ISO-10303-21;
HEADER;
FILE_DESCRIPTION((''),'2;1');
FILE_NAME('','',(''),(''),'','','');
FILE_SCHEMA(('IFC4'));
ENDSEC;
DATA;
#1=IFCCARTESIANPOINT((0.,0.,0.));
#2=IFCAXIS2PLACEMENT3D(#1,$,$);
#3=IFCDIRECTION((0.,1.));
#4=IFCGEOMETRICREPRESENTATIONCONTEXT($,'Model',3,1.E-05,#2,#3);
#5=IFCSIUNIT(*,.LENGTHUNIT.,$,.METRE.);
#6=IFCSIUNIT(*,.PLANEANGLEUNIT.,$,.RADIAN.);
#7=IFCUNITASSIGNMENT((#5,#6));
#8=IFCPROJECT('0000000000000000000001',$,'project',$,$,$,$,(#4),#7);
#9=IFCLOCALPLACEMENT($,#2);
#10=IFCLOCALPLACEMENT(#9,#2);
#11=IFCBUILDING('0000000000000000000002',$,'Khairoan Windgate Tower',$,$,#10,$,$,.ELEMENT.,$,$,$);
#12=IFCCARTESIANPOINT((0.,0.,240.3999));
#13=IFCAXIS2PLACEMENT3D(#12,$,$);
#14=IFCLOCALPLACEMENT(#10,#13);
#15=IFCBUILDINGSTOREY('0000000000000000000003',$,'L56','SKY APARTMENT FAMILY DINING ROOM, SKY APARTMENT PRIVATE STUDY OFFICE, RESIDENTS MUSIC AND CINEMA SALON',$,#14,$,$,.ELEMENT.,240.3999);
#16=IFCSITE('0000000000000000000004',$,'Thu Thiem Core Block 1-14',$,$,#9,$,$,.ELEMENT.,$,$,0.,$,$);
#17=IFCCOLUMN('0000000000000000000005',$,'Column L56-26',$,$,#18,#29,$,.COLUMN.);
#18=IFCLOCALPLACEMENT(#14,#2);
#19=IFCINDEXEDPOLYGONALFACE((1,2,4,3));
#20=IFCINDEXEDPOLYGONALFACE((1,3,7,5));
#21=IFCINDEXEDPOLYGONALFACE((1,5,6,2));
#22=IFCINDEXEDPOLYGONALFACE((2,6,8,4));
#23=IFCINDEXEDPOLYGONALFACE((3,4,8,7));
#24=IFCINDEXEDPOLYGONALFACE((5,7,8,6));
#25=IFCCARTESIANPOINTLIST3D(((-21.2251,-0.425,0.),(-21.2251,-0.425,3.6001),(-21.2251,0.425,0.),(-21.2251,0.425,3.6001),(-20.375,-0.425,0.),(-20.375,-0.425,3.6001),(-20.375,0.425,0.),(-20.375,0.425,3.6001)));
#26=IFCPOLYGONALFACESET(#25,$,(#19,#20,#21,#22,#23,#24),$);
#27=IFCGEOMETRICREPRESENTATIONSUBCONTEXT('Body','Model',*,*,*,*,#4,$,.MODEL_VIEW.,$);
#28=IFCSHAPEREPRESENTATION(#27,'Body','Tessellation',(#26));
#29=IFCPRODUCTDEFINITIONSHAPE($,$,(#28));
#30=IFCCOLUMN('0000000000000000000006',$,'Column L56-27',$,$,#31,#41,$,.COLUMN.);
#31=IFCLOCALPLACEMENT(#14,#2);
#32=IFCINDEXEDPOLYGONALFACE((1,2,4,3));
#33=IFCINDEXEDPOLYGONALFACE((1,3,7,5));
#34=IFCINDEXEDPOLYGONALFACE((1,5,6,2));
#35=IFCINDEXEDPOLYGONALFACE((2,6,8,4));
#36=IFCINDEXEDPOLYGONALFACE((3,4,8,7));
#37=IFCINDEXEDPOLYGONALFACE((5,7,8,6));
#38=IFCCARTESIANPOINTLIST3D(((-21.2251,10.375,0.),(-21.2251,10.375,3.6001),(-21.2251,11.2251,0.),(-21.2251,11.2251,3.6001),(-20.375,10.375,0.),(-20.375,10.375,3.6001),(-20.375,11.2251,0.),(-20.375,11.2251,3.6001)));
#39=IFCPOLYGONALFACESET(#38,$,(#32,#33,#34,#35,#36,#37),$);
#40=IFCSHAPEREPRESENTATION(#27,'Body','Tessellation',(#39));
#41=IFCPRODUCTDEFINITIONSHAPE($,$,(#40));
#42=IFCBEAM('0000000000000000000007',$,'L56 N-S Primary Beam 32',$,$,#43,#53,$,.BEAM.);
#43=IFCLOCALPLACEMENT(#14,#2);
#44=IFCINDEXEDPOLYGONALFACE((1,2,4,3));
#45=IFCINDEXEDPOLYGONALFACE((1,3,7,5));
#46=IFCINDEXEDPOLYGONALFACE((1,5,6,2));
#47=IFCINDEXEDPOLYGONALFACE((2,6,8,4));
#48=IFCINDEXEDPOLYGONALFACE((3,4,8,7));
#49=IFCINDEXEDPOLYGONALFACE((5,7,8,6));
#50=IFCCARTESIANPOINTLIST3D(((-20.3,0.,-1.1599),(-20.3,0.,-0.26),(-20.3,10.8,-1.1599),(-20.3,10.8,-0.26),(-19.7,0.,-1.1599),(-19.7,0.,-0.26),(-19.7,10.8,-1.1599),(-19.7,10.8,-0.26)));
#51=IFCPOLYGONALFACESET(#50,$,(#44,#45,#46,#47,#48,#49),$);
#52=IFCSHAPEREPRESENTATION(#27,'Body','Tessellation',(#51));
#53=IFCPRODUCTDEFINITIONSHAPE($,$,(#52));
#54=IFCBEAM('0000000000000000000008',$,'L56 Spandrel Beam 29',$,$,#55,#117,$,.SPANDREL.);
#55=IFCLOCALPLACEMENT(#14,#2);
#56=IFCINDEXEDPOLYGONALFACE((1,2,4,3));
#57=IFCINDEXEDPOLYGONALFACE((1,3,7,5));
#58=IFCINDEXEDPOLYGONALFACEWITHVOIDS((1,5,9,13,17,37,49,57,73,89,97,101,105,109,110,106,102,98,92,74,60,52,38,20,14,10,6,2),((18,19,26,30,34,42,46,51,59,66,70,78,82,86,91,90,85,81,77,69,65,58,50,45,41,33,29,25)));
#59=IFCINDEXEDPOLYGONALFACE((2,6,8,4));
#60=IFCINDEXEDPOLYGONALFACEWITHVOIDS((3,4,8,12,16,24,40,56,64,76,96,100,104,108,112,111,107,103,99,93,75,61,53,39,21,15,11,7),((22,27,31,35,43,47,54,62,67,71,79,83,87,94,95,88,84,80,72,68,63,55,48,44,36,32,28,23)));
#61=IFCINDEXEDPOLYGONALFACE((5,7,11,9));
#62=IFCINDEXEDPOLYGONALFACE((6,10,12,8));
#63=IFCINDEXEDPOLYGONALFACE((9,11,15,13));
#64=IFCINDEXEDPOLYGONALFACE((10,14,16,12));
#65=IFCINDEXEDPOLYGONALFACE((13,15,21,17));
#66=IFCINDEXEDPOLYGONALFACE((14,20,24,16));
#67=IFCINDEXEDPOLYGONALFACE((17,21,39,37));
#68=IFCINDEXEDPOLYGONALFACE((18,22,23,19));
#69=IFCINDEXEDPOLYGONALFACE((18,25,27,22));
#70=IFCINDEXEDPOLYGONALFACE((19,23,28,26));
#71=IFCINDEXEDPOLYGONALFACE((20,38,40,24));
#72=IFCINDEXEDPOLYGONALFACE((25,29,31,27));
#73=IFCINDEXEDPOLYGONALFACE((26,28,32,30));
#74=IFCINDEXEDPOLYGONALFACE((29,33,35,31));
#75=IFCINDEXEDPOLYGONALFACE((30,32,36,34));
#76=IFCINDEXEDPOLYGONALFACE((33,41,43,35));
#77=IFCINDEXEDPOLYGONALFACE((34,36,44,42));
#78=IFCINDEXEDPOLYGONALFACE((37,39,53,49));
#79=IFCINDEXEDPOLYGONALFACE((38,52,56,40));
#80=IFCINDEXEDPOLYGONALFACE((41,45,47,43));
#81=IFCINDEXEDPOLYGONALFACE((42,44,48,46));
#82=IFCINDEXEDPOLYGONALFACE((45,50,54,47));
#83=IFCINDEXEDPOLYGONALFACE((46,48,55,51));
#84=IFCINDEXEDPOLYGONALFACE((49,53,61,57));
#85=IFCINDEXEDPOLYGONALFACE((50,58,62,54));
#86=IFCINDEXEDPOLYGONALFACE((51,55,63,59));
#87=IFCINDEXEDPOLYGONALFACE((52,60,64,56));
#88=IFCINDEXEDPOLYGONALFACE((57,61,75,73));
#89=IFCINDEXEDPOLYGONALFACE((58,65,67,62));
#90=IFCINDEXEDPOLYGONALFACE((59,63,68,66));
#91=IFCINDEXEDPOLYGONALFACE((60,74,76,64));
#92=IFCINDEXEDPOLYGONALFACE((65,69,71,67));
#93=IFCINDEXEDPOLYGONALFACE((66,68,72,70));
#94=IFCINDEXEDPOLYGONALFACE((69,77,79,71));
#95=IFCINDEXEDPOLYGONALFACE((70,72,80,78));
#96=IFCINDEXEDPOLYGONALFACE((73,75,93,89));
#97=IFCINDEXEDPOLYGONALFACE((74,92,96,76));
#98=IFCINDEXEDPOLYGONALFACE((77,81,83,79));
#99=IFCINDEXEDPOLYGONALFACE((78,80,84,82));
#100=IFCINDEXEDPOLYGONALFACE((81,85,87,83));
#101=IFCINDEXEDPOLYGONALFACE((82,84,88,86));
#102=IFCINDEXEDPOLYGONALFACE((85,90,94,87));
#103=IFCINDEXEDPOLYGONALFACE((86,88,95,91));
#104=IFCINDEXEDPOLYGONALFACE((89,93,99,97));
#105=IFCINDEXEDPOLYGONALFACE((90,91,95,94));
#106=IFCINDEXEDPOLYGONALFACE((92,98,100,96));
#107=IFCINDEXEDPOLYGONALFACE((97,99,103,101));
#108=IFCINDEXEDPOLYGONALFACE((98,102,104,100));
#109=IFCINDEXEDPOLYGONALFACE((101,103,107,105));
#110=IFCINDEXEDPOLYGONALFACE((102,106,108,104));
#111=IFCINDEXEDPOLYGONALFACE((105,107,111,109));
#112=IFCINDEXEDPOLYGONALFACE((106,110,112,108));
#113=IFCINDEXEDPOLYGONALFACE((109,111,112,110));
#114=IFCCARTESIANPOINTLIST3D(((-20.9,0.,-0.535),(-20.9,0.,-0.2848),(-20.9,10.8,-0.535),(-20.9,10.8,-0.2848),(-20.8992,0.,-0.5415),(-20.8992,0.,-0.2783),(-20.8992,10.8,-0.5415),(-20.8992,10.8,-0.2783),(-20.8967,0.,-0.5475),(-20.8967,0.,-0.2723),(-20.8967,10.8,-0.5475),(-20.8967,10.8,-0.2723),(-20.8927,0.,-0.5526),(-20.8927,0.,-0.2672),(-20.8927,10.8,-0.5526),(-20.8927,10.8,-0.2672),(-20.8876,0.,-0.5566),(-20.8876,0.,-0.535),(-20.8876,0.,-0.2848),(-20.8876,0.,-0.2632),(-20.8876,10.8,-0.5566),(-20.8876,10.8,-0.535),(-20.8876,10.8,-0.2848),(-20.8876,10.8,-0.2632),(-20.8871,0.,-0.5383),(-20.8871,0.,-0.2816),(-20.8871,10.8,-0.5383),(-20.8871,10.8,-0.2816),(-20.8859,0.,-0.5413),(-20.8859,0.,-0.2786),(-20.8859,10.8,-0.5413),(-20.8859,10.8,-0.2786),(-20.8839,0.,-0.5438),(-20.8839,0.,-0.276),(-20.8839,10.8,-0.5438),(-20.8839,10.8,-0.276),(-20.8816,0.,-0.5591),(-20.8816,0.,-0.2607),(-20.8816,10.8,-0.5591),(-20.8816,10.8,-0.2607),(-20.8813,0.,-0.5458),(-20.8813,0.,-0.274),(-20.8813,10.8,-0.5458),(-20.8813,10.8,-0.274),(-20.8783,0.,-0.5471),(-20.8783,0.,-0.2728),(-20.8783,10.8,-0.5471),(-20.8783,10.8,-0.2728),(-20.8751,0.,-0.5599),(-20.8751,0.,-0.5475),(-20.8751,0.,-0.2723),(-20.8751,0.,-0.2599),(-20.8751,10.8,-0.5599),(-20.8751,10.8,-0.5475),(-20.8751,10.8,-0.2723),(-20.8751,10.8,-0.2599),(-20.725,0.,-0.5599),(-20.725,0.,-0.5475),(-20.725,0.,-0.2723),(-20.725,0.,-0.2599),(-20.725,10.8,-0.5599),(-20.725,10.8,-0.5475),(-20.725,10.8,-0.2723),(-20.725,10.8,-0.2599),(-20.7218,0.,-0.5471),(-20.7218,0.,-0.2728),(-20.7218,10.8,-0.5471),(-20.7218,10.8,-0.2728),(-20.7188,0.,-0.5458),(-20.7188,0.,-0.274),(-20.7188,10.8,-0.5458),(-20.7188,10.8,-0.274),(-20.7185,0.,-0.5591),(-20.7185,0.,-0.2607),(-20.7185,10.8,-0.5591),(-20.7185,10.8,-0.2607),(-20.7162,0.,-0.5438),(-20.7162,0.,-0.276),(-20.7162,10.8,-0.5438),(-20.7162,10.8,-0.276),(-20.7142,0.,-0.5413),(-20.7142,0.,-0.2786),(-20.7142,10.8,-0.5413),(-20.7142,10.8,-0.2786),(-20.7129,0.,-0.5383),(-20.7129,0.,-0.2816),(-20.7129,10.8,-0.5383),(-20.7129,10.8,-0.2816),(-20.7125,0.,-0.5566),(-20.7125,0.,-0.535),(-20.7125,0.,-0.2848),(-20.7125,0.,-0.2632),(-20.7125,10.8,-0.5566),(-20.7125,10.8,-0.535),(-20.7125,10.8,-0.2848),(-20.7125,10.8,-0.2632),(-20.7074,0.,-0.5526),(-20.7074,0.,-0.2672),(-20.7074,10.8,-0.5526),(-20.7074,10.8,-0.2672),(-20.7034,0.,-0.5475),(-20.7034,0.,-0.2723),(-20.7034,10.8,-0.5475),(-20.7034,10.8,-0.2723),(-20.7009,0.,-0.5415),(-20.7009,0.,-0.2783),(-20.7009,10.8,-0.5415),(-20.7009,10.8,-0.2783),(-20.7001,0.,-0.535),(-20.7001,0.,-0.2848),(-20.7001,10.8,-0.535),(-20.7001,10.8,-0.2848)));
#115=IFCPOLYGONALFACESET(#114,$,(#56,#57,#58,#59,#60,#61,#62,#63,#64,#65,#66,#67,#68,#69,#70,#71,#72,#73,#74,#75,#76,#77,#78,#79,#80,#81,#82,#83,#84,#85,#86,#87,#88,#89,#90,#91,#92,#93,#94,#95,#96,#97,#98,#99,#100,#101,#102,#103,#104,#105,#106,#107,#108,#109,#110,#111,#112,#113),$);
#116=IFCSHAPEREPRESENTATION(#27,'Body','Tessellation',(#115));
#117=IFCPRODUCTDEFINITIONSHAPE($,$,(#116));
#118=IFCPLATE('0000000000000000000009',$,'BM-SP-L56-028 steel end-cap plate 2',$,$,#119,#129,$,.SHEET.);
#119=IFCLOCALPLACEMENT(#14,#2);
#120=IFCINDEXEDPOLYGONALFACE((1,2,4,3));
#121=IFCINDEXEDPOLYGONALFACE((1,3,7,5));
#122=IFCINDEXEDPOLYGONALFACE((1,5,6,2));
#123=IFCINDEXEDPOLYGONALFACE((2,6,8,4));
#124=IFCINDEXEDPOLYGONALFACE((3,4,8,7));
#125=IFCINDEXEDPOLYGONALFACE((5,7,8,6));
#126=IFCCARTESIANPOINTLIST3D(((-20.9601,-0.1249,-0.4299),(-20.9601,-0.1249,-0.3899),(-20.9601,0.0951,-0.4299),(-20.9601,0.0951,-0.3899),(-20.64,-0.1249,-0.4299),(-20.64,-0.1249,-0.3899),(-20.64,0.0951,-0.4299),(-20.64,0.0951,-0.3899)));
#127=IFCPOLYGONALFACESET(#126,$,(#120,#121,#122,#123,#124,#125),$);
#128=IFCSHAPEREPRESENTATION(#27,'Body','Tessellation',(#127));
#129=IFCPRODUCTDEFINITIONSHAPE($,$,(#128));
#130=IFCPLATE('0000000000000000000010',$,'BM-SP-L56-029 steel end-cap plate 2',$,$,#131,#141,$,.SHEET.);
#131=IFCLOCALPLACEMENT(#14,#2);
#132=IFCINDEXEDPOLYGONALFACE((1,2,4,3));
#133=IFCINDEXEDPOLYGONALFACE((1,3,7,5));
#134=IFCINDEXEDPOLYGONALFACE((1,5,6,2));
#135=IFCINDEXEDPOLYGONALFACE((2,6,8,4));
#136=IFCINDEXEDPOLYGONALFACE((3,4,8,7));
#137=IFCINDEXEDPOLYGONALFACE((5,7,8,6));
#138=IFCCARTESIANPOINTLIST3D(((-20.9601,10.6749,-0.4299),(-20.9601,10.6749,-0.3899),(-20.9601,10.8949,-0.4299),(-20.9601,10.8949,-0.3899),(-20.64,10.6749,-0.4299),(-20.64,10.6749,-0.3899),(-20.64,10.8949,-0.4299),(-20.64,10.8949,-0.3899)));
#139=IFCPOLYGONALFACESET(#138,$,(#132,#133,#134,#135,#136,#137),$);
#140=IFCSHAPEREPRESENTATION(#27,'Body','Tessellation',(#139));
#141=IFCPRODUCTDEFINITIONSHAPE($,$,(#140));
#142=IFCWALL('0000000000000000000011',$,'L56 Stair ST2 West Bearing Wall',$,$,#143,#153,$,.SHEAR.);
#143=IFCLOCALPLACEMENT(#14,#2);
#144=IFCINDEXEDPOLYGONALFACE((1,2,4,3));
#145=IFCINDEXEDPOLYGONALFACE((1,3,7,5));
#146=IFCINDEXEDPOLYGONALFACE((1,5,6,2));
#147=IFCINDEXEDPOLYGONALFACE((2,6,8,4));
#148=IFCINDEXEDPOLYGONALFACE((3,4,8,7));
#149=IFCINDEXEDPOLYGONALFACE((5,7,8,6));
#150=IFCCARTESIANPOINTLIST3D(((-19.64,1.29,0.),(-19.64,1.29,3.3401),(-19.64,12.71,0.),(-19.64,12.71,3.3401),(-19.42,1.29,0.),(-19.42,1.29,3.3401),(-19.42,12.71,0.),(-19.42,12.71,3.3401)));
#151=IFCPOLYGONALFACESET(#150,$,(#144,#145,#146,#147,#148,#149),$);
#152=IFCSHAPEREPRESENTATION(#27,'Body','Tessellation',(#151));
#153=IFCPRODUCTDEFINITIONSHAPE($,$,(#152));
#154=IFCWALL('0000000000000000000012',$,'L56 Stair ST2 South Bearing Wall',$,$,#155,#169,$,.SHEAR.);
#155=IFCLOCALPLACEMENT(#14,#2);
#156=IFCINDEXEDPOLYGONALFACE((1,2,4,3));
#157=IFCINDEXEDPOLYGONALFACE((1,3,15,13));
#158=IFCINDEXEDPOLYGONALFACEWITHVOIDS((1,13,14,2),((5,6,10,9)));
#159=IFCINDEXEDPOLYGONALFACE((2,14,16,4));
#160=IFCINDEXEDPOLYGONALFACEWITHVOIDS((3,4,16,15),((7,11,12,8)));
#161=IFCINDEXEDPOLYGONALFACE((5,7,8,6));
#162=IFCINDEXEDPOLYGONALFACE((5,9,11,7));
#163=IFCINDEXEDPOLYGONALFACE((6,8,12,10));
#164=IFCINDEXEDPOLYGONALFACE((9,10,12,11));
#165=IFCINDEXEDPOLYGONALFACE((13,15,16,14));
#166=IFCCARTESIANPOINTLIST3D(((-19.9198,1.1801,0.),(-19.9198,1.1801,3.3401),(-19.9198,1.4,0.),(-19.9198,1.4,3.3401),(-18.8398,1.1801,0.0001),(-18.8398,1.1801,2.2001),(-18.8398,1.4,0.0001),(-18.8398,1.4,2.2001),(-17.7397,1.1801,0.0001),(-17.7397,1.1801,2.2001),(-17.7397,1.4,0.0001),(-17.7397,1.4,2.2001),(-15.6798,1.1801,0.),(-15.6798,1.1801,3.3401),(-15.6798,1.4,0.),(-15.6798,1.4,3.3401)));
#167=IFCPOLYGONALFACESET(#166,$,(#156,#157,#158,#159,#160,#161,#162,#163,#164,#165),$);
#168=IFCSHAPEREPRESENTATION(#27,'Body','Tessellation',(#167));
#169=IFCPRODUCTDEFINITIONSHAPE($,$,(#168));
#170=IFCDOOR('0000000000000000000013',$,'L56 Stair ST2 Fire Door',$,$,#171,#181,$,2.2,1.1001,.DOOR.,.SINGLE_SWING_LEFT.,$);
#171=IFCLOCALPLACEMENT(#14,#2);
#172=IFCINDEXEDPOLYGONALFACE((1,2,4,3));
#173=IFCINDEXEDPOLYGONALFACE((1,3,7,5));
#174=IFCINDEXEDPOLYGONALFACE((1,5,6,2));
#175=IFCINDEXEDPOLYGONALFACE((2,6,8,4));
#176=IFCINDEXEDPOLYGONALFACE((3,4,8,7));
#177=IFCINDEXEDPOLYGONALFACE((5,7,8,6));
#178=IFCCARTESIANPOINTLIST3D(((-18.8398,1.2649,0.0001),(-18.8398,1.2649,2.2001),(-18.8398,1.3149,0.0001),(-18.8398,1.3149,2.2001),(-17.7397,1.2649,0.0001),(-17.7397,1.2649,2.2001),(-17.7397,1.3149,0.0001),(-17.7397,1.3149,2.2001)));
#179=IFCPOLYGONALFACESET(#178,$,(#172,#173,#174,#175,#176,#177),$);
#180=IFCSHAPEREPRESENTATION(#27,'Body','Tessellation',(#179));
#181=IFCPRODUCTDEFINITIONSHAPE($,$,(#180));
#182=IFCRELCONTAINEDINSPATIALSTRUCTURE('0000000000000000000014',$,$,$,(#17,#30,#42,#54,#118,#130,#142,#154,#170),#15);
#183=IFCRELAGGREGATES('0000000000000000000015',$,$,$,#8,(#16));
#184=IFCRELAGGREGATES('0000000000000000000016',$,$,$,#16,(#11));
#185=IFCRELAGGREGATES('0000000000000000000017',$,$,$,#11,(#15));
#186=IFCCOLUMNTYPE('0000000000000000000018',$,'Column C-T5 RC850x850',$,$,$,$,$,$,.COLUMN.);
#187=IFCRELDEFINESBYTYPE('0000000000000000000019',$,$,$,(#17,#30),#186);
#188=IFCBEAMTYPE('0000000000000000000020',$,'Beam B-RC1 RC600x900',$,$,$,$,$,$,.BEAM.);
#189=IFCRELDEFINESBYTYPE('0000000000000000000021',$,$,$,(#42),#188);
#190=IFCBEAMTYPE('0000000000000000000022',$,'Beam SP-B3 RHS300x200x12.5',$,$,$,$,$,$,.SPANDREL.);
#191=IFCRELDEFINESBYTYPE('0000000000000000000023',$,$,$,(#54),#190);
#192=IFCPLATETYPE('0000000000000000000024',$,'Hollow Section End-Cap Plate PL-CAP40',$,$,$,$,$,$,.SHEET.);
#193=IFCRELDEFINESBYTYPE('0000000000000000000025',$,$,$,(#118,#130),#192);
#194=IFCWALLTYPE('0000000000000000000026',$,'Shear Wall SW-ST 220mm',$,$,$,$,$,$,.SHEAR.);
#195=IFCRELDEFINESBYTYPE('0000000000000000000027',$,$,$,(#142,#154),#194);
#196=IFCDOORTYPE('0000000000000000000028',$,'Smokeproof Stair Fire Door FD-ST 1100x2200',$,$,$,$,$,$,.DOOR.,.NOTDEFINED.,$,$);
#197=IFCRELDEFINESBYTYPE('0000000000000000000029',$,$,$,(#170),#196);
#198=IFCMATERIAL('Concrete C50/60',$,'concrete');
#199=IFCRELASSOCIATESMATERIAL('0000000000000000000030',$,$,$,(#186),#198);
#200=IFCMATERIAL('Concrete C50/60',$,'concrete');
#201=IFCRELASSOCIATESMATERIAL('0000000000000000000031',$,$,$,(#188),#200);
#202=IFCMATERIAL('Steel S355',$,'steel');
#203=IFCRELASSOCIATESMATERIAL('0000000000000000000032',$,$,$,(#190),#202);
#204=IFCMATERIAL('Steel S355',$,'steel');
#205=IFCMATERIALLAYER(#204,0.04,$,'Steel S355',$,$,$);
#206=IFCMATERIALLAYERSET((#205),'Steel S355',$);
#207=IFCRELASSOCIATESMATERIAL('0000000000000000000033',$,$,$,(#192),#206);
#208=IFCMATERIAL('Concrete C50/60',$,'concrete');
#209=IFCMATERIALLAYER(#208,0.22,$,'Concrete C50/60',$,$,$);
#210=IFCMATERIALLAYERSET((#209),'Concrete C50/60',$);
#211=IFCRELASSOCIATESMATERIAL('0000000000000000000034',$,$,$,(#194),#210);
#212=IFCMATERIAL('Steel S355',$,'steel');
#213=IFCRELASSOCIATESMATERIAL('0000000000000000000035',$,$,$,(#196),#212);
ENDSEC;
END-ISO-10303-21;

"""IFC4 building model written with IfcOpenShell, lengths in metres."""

from ifc_helpers import new_model, si_unit, direction, frame, frame_2d, origin, origin_2d, place, context, subcontext, project, spatial, rectangle, hollow_rectangle, extrude, material, layer, layer_set, material_profile, profile_set, type_object, element, fill, save


model = new_model("IFC4")

# Units and contexts
model_context = context("Model", 3, precision=1e-05, world=origin(), true_north=direction((0.0, 1.0)))
body_context = subcontext(model_context, "Body", "Model", "MODEL_VIEW")
ifc_project = project(units=[si_unit("LENGTHUNIT", "METRE"), si_unit("PLANEANGLEUNIT", "RADIAN")], contexts=[model_context])

# Site, building, storey
site_placement = place(None, origin())
site = spatial("IfcSite", under=ifc_project, at=site_placement, Name="Thu Thiem Core Block 1-14", CompositionType="ELEMENT", RefElevation=0.0)
building_placement = place(site_placement, origin())
building = spatial("IfcBuilding", under=site, at=building_placement, Name="Khairoan Windgate Tower", CompositionType="ELEMENT")
storey_placement = place(building_placement, frame((0.0, 0.0, 240.3999)))
storey = spatial("IfcBuildingStorey", under=building, at=storey_placement, Name="L56", Description="SKY APARTMENT FAMILY DINING ROOM, SKY APARTMENT PRIVATE STUDY OFFICE, RESIDENTS MUSIC AND CINEMA SALON", CompositionType="ELEMENT", Elevation=240.3999)

# Columns
ifc_material_1 = material(Name="Concrete C50/60", Category="concrete")
ifc_material_profile_1 = material_profile(ifc_material_1, rectangle(XDim=0.8501, YDim=0.8501, at=origin_2d()))
ifc_profile_set_1 = profile_set([ifc_material_profile_1], Name="Concrete C50/60")
column_type = type_object("IfcColumnType", Name="Column C-T5 RC850x850", PredefinedType="COLUMN", material=ifc_profile_set_1)
for number, where, z_axis, x_axis, name in (
    (1, (-20.8, 0.0, 0.0), (0.0, 0.0, 1.0), (1.0, 0.0, 0.0), "Column L56-26"),
    (2, (-20.8, 10.8, 0.0), (0.0, 0.0, 1.0), (1.0, 0.0, 0.0), "Column L56-27"),
):
    element("IfcColumn", number, at=place(storey_placement, frame(where, z_axis=z_axis, x_axis=x_axis)), inside=storey, type_object=column_type, Name=name, PredefinedType="COLUMN", context=body_context, shape_type="SweptSolid", body=[
        extrude(rectangle(XDim=0.8501, YDim=0.8501, at=origin_2d()), origin(), (0.0, 0.0, 1.0), 3.6001),
    ])

# Beams
ifc_material_2 = material(Name="Concrete C50/60", Category="concrete")
ifc_material_profile_2 = material_profile(ifc_material_2, rectangle(XDim=0.6001, YDim=0.8999, at=origin_2d()))
ifc_profile_set_2 = profile_set([ifc_material_profile_2], Name="Concrete C50/60")
beam_type_1 = type_object("IfcBeamType", Name="Beam B-RC1 RC600x900", PredefinedType="BEAM", material=ifc_profile_set_2)
beam_1_placement = place(storey_placement, frame((-20.0, 0.0, -0.71), z_axis=(0.0, 1.0, 0.0), x_axis=(-1.0, 0.0, 0.0)))
element("IfcBeam", 3, at=beam_1_placement, inside=storey, type_object=beam_type_1, Name="L56 N-S Primary Beam 32", PredefinedType="BEAM", context=body_context, shape_type="SweptSolid", body=[
    extrude(rectangle(XDim=0.6001, YDim=0.8999, at=origin_2d()), origin(), (0.0, 0.0, 1.0), 10.8),
])
ifc_material_3 = material(Name="Steel S355", Category="steel")
ifc_material_profile_3 = material_profile(ifc_material_3, hollow_rectangle(XDim=0.2, YDim=0.3, WallThickness=0.0125, InnerFilletRadius=0.0125, OuterFilletRadius=0.0249, at=origin_2d()))
ifc_profile_set_3 = profile_set([ifc_material_profile_3], Name="Steel S355")
beam_type_2 = type_object("IfcBeamType", Name="Beam SP-B3 RHS300x200x12.5", PredefinedType="SPANDREL", material=ifc_profile_set_3)
beam_2_placement = place(storey_placement, frame((-20.8, 0.0, -0.4099), z_axis=(0.0, 1.0, 0.0), x_axis=(-1.0, 0.0, 0.0)))
element("IfcBeam", 4, at=beam_2_placement, inside=storey, type_object=beam_type_2, Name="L56 Spandrel Beam 29", PredefinedType="SPANDREL", context=body_context, shape_type="SweptSolid", body=[
    extrude(hollow_rectangle(XDim=0.2, YDim=0.3, WallThickness=0.0125, InnerFilletRadius=0.0125, OuterFilletRadius=0.0249, at=origin_2d()), origin(), (0.0, 0.0, 1.0), 10.8),
])

# Plates
ifc_material_4 = material(Name="Steel S355", Category="steel")
ifc_layer_1 = layer(ifc_material_4, 0.04, Name="Steel S355")
ifc_layer_set_1 = layer_set([ifc_layer_1], Name="Steel S355")
plate_type = type_object("IfcPlateType", Name="Hollow Section End-Cap Plate PL-CAP40", PredefinedType="SHEET", material=ifc_layer_set_1)
for number, where, z_axis, x_axis, name in (
    (5, (-20.8, -0.0149, -0.4299), (0.0, 0.0, 1.0), (0.0, 1.0, 0.0), "BM-SP-L56-028 steel end-cap plate 2"),
    (6, (-20.8, 10.7849, -0.4299), (0.0, 0.0, 1.0), (0.0, 1.0, 0.0), "BM-SP-L56-029 steel end-cap plate 2"),
):
    element("IfcPlate", number, at=place(storey_placement, frame(where, z_axis=z_axis, x_axis=x_axis)), inside=storey, type_object=plate_type, Name=name, PredefinedType="SHEET", context=body_context, shape_type="SweptSolid", body=[
        extrude(rectangle(XDim=0.22, YDim=0.3201, at=origin_2d()), origin(), (0.0, 0.0, 1.0), 0.04),
    ])

# Wall
ifc_material_5 = material(Name="Concrete C50/60", Category="concrete")
ifc_layer_2 = layer(ifc_material_5, 0.22, Name="Concrete C50/60")
ifc_layer_set_2 = layer_set([ifc_layer_2], Name="Concrete C50/60")
wall_type = type_object("IfcWallType", Name="Shear Wall SW-ST 220mm", PredefinedType="SHEAR", material=ifc_layer_set_2)
wall_1_placement = place(storey_placement, frame((-19.53, 1.29, 0.0), z_axis=(0.0, 0.0, 1.0), x_axis=(0.0, 1.0, 0.0)))
element("IfcWall", 7, at=wall_1_placement, inside=storey, type_object=wall_type, Name="L56 Stair ST2 West Bearing Wall", PredefinedType="SHEAR", context=body_context, shape_type="SweptSolid", body=[
    extrude(rectangle(XDim=11.4199, YDim=0.22, at=frame_2d((5.71, 0.0))), origin(), (0.0, 0.0, 1.0), 3.3401),
])

# Wall, opening, door
wall_2_placement = place(storey_placement, frame((-19.9199, 1.29, 0.0), z_axis=(0.0, 0.0, 1.0), x_axis=(1.0, 0.0, 0.0)))
wall_2 = element("IfcWall", 8, at=wall_2_placement, inside=storey, type_object=wall_type, Name="L56 Stair ST2 South Bearing Wall", PredefinedType="SHEAR", context=body_context, shape_type="SweptSolid", body=[
    extrude(rectangle(XDim=4.24, YDim=0.22, at=frame_2d((2.1201, 0.0))), origin(), (0.0, 0.0, 1.0), 3.3401),
])
opening_placement = place(wall_2_placement, frame((1.0801, 0.0, 0.0)))
opening = element("IfcOpeningElement", 9, at=opening_placement, cuts=wall_2, PredefinedType="OPENING", context=body_context, shape_type="SweptSolid", body=[
    extrude(rectangle(XDim=1.1001, YDim=2.2, at=frame_2d((0.55, 1.1001))), frame((0.0, 0.1199, 0.0), z_axis=(0.0, -1.0, 0.0), x_axis=(1.0, 0.0, 0.0)), (0.0, 0.0, 1.0), 0.24),
])
ifc_material_6 = material(Name="Steel S355", Category="steel")
door_type = type_object("IfcDoorType", Name="Smokeproof Stair Fire Door FD-ST 1100x2200", OperationType="NOTDEFINED", PredefinedType="DOOR", material=ifc_material_6)
door_placement = place(opening_placement, origin())
door = element("IfcDoor", 10, at=door_placement, inside=storey, type_object=door_type, Name="L56 Stair ST2 Fire Door", OperationType="SINGLE_SWING_LEFT", OverallHeight=2.2, OverallWidth=1.1001, PredefinedType="DOOR", context=body_context, shape_type="SweptSolid", body=[
    extrude(rectangle(XDim=1.1001, YDim=2.2, at=frame_2d((0.55, 1.1001))), frame((0.0, 0.0249, 0.0), z_axis=(0.0, -1.0, 0.0), x_axis=(1.0, 0.0, 0.0)), (0.0, 0.0, 1.0), 0.05),
])
fill(opening, door)

save(model, "model.ifc")
